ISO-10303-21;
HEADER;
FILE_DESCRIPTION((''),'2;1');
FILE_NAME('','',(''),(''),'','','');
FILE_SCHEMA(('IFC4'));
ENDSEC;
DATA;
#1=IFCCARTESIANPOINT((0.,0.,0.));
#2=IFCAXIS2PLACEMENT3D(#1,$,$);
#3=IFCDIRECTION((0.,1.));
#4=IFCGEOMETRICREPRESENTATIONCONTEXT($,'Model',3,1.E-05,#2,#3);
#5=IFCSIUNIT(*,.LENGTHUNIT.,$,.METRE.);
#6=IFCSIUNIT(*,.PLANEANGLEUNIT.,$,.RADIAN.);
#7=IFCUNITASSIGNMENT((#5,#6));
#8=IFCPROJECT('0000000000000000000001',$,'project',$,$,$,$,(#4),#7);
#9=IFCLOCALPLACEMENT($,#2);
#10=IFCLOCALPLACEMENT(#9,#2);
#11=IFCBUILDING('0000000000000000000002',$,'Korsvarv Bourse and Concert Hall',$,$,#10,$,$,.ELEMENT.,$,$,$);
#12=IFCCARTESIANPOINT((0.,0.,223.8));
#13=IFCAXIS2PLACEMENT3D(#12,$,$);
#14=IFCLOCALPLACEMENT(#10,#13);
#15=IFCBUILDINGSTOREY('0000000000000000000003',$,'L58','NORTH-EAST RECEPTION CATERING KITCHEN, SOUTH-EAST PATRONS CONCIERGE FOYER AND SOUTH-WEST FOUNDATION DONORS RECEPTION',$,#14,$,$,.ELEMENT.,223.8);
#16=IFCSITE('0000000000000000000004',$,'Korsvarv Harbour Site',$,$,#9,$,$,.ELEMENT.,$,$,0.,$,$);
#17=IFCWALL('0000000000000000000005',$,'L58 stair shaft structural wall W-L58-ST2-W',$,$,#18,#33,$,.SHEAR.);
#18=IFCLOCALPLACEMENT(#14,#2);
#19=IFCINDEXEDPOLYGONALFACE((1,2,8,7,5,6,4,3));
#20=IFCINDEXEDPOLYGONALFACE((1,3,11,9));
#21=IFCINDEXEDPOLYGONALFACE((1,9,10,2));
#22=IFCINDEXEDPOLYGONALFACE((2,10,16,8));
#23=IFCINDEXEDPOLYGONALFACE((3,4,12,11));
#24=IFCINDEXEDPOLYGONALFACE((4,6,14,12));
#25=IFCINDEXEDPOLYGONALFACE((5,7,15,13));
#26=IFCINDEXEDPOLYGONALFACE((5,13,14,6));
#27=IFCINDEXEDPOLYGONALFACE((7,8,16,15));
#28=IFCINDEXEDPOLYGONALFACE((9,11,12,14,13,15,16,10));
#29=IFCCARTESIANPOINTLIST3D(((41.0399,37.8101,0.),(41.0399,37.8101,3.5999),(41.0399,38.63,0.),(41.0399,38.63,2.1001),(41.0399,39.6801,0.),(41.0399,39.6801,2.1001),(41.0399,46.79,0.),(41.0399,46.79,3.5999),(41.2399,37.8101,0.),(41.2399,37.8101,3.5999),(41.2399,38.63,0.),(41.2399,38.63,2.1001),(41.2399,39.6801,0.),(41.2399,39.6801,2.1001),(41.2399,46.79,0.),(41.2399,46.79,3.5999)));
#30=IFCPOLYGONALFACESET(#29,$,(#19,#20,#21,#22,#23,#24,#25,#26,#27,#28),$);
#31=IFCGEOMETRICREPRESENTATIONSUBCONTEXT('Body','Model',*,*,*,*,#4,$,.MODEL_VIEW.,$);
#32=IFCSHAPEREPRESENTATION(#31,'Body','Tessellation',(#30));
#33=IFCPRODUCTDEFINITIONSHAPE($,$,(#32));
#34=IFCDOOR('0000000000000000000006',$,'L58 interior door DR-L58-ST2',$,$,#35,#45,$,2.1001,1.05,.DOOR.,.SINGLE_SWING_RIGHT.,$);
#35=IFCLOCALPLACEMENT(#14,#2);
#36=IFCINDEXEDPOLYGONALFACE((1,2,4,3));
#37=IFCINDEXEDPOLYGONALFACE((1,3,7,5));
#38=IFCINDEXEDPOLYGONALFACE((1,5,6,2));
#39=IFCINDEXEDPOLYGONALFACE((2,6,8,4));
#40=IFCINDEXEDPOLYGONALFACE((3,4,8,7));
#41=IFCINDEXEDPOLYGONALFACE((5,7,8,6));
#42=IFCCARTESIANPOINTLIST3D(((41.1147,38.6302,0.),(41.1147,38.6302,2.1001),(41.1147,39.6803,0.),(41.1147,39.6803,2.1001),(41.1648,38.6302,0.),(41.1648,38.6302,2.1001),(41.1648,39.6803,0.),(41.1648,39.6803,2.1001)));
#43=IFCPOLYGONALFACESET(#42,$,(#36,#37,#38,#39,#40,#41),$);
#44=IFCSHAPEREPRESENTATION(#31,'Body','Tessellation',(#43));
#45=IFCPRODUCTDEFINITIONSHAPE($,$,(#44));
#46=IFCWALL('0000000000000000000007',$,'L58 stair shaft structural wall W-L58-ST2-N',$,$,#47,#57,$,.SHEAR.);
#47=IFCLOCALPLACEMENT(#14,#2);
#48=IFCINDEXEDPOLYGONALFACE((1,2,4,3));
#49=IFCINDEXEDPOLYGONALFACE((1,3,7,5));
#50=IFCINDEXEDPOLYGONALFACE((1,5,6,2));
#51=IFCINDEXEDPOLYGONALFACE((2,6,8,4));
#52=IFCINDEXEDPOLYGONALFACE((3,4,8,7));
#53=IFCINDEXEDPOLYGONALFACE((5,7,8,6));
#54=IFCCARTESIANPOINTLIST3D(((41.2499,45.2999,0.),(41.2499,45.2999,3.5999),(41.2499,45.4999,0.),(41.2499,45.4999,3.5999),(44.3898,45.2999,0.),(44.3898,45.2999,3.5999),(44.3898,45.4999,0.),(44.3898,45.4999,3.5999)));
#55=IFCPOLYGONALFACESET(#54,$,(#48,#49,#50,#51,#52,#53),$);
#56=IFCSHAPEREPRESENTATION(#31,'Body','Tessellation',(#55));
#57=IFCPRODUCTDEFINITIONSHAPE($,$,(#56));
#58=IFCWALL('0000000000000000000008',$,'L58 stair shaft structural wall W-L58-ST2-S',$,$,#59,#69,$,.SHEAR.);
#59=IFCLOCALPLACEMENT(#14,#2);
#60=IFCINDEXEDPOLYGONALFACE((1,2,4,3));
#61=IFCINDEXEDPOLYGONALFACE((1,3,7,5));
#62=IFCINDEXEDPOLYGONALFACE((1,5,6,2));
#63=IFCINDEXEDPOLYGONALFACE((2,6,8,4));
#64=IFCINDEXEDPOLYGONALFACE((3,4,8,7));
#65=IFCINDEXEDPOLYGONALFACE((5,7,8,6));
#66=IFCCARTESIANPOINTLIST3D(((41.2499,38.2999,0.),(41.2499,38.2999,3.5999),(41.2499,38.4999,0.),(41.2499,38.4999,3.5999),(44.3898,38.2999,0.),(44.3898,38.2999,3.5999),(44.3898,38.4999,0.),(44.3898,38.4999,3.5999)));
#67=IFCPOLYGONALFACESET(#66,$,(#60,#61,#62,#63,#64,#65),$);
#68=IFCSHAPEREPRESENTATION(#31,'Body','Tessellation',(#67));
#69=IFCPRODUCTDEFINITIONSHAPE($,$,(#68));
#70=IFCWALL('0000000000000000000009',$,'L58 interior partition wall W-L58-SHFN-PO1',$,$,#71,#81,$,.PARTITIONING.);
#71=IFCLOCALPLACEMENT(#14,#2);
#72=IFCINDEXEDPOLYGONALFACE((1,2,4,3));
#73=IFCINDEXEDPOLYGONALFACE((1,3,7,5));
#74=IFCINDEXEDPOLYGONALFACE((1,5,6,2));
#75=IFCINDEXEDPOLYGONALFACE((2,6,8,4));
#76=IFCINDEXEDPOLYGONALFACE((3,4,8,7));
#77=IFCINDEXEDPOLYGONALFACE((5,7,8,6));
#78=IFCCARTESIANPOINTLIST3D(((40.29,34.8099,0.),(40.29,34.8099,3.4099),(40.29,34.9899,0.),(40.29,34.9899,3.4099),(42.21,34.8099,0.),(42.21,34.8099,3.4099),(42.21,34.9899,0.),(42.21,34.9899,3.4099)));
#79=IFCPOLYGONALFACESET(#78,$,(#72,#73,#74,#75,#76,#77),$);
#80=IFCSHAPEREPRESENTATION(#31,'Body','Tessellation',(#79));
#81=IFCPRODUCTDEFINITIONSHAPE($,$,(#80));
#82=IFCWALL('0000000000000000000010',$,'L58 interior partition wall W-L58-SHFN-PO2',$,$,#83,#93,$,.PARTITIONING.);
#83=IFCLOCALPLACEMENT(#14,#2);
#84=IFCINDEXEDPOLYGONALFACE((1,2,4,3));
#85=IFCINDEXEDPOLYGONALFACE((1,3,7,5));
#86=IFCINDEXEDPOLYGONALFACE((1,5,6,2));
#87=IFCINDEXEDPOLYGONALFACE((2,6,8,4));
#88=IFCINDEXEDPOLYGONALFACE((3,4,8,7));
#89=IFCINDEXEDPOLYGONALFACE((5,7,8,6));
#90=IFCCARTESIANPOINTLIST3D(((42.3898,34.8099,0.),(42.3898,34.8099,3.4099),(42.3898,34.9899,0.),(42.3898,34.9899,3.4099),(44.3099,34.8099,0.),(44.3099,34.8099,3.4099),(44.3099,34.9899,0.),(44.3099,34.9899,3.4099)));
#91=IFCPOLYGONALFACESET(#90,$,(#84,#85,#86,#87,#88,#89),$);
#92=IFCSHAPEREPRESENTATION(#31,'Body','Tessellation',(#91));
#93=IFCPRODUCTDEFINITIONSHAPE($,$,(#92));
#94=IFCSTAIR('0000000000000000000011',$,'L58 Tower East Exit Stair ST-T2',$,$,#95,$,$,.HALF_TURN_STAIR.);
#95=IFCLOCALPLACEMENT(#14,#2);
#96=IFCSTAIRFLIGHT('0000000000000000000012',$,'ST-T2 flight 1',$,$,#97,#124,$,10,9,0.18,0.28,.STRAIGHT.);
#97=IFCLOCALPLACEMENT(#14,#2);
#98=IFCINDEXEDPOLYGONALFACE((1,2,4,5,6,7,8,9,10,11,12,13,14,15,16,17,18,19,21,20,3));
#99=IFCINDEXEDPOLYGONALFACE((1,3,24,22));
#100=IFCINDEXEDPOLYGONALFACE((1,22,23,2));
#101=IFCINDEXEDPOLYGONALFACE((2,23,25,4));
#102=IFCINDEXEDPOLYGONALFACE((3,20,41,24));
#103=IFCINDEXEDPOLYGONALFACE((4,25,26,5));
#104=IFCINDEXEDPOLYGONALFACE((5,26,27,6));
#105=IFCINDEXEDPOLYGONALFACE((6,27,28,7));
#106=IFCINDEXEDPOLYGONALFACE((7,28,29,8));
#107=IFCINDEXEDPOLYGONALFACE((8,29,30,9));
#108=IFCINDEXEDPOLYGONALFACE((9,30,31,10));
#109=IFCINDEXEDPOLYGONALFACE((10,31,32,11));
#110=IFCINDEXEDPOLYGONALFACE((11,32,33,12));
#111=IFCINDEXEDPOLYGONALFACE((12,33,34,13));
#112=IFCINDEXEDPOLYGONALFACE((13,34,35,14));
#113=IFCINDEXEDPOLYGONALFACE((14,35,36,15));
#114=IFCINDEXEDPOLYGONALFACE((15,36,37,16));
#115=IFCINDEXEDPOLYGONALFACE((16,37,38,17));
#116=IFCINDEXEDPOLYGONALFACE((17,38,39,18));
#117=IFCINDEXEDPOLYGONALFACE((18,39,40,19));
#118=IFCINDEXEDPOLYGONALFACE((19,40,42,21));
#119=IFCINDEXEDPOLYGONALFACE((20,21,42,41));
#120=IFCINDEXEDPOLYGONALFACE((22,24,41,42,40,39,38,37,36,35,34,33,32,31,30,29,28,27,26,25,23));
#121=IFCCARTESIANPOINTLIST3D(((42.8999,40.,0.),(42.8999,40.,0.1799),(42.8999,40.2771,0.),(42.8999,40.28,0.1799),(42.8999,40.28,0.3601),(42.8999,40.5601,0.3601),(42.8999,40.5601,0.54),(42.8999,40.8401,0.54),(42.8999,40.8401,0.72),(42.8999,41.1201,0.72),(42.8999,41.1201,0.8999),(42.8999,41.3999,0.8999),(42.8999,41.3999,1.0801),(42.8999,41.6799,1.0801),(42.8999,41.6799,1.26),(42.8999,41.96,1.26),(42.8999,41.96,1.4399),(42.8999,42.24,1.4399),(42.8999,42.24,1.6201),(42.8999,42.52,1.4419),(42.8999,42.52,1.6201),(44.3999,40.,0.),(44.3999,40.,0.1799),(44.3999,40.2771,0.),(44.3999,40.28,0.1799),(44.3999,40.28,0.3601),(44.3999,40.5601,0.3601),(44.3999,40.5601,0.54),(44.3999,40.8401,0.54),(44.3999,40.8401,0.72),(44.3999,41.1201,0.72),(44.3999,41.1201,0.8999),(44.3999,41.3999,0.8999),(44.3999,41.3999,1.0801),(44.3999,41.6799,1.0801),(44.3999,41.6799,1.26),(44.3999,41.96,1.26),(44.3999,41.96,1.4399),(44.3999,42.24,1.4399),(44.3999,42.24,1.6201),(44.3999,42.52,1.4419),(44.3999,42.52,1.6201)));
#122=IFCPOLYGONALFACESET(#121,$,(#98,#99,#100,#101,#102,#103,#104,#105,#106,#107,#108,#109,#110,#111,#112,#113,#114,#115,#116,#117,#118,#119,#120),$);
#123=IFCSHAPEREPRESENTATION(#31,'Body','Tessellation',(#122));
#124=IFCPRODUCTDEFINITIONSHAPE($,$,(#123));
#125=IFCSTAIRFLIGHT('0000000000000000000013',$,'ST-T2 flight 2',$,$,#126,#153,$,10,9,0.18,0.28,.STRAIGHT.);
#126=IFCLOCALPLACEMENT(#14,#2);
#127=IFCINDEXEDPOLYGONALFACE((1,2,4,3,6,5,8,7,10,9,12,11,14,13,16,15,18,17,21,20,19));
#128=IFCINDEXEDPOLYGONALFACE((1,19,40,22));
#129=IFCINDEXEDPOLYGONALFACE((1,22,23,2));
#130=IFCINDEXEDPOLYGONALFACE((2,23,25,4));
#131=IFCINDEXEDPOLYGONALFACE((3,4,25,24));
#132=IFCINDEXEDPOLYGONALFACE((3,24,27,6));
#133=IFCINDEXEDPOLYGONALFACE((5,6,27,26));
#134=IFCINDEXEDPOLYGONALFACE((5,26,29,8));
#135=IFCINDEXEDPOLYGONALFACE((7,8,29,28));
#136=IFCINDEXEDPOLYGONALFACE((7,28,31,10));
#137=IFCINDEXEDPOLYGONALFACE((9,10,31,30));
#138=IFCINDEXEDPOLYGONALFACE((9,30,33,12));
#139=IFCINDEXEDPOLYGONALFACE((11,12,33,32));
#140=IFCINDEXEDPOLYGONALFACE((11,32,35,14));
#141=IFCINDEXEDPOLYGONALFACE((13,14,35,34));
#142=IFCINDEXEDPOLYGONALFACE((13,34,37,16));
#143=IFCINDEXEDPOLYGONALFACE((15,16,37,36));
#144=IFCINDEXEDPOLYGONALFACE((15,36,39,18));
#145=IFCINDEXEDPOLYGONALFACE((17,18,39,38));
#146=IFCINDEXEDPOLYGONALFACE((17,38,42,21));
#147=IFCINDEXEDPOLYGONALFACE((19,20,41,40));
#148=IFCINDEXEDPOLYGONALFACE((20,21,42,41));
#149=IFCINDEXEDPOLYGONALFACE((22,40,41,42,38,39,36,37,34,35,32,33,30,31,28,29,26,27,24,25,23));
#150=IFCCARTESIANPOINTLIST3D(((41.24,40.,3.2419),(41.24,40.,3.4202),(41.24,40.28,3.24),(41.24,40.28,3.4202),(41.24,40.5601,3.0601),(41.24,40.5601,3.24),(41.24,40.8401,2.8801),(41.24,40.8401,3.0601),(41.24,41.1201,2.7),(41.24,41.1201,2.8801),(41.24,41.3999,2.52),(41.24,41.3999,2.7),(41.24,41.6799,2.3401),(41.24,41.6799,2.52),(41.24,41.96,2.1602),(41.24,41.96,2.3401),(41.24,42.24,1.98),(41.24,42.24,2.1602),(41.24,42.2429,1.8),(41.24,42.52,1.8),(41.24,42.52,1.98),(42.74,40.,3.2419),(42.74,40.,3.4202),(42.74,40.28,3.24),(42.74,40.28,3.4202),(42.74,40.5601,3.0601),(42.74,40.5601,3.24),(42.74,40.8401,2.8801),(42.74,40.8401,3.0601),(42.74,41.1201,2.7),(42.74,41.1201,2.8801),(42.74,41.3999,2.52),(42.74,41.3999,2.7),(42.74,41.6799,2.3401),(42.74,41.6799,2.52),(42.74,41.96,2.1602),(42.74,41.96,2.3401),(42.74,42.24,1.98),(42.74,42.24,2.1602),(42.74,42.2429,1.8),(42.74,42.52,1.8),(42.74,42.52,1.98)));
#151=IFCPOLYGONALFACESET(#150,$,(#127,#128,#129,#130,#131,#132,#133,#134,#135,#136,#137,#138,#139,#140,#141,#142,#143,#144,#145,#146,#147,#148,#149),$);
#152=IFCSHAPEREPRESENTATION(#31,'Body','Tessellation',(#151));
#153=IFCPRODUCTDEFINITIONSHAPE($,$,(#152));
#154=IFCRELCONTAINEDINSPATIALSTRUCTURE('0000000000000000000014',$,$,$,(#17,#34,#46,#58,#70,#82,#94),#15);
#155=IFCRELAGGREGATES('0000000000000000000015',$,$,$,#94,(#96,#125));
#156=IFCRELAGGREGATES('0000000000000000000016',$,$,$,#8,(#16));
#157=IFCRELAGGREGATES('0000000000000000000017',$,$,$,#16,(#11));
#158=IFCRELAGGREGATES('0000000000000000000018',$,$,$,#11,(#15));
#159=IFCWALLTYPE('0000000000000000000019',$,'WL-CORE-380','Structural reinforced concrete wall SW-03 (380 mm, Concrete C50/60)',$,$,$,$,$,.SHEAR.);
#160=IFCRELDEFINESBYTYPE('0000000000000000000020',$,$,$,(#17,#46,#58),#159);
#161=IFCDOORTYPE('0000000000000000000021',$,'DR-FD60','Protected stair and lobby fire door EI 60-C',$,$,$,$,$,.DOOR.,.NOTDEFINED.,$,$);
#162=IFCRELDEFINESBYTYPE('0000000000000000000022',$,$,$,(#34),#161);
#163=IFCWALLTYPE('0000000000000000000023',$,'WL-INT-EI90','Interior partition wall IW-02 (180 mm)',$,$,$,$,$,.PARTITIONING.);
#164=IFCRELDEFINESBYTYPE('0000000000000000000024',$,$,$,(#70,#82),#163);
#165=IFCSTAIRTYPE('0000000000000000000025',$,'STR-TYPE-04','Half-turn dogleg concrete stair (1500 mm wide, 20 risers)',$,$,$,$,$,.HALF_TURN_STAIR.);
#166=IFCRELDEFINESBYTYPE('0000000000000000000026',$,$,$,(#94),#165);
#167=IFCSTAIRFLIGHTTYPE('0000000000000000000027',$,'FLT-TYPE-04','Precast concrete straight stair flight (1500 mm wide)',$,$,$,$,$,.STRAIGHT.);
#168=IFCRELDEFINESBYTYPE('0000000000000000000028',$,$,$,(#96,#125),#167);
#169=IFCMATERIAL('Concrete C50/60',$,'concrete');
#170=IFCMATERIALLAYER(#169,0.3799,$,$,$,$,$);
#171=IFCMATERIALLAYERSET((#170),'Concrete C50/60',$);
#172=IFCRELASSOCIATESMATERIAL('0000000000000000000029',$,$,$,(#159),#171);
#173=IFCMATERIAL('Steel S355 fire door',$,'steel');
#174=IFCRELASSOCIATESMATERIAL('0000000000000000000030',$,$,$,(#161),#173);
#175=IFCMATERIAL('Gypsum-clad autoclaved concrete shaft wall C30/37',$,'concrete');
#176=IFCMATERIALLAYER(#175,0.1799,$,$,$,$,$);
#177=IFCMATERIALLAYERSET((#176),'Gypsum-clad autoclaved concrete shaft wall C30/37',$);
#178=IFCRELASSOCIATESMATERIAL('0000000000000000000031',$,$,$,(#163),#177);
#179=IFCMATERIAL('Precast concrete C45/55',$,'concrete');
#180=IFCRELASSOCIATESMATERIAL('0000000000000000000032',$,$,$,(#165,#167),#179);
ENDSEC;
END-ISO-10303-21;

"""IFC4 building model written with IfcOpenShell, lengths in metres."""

from ifc_helpers import new_model, si_unit, direction, frame, frame_2d, origin, place, context, subcontext, project, spatial, polyline, rectangle, outline, extrude, material, layer, layer_set, type_object, element, fill, aggregate, save


model = new_model("IFC4")

# Units and contexts
model_context = context("Model", 3, precision=1e-05, world=origin(), true_north=direction((0.0, 1.0)))
body_context = subcontext(model_context, "Body", "Model", "MODEL_VIEW")
ifc_project = project(units=[si_unit("LENGTHUNIT", "METRE"), si_unit("PLANEANGLEUNIT", "RADIAN")], contexts=[model_context])

# Site, building, storey
site_placement = place(None, origin())
site = spatial("IfcSite", under=ifc_project, at=site_placement, Name="Korsvarv Harbour Site", CompositionType="ELEMENT", RefElevation=0.0)
building_placement = place(site_placement, origin())
building = spatial("IfcBuilding", under=site, at=building_placement, Name="Korsvarv Bourse and Concert Hall", CompositionType="ELEMENT")
storey_placement = place(building_placement, frame((0.0, 0.0, 223.8)))
storey = spatial("IfcBuildingStorey", under=building, at=storey_placement, Name="L58", Description="NORTH-EAST RECEPTION CATERING KITCHEN, SOUTH-EAST PATRONS CONCIERGE FOYER AND SOUTH-WEST FOUNDATION DONORS RECEPTION", CompositionType="ELEMENT", Elevation=223.8)

# Wall, opening, door
ifc_material_1 = material(Name="Concrete C50/60", Category="concrete")
ifc_layer_1 = layer(ifc_material_1, 0.3799)
ifc_layer_set_1 = layer_set([ifc_layer_1], Name="Concrete C50/60")
wall_type_1 = type_object("IfcWallType", Name="WL-CORE-380", Description="Structural reinforced concrete wall SW-03 (380 mm, Concrete C50/60)", PredefinedType="SHEAR", material=ifc_layer_set_1)
wall_1_placement = place(storey_placement, frame((41.1399, 37.8101, 0.0), z_axis=(0.0, 0.0, 1.0), x_axis=(0.0, 1.0, 0.0)))
wall_1 = element("IfcWall", 1, at=wall_1_placement, inside=storey, type_object=wall_type_1, Name="L58 stair shaft structural wall W-L58-ST2-W", PredefinedType="SHEAR", context=body_context, shape_type="SweptSolid", body=[
    extrude(rectangle(XDim=8.98, YDim=0.2, at=frame_2d((4.49, 0.0))), origin(), (0.0, 0.0, 1.0), 3.5999),
])
opening_placement = place(wall_1_placement, frame((0.8201, 0.0, 0.0)))
opening = element("IfcOpeningElement", 2, at=opening_placement, cuts=wall_1, PredefinedType="OPENING", context=body_context, shape_type="SweptSolid", body=[
    extrude(rectangle(XDim=1.05, YDim=2.1001, at=frame_2d((0.5249, 1.05))), frame((0.0, 0.1099, 0.0), z_axis=(0.0, -1.0, 0.0), x_axis=(1.0, 0.0, 0.0)), (0.0, 0.0, 1.0), 0.22),
])
ifc_material_2 = material(Name="Steel S355 fire door", Category="steel")
door_type = type_object("IfcDoorType", Name="DR-FD60", Description="Protected stair and lobby fire door EI 60-C", OperationType="NOTDEFINED", PredefinedType="DOOR", material=ifc_material_2)
door_placement = place(opening_placement, frame((1.05, 0.0, 0.0), z_axis=(0.0, 0.0, 1.0), x_axis=(-1.0, 0.0, 0.0)))
door = element("IfcDoor", 3, at=door_placement, inside=storey, type_object=door_type, Name="L58 interior door DR-L58-ST2", OperationType="SINGLE_SWING_RIGHT", OverallHeight=2.1001, OverallWidth=1.05, PredefinedType="DOOR", context=body_context, shape_type="SweptSolid", body=[
    extrude(rectangle(XDim=1.05, YDim=2.1001, at=frame_2d((0.5249, 1.05))), frame((0.0, 0.0249, 0.0), z_axis=(0.0, -1.0, 0.0), x_axis=(1.0, 0.0, 0.0)), (0.0, 0.0, 1.0), 0.05),
])
fill(opening, door)

# Walls
for number, where, z_axis, x_axis, name in (
    (4, (41.25, 45.3999, 0.0), (0.0, 0.0, 1.0), (1.0, 0.0, 0.0), "L58 stair shaft structural wall W-L58-ST2-N"),
    (5, (41.25, 38.3999, 0.0), (0.0, 0.0, 1.0), (1.0, 0.0, 0.0), "L58 stair shaft structural wall W-L58-ST2-S"),
):
    element("IfcWall", number, at=place(storey_placement, frame(where, z_axis=z_axis, x_axis=x_axis)), inside=storey, type_object=wall_type_1, Name=name, PredefinedType="SHEAR", context=body_context, shape_type="SweptSolid", body=[
        extrude(rectangle(XDim=3.1399, YDim=0.2, at=frame_2d((1.5698, 0.0))), origin(), (0.0, 0.0, 1.0), 3.5999),
    ])
ifc_material_3 = material(Name="Gypsum-clad autoclaved concrete shaft wall C30/37", Category="concrete")
ifc_layer_2 = layer(ifc_material_3, 0.1799)
ifc_layer_set_2 = layer_set([ifc_layer_2], Name="Gypsum-clad autoclaved concrete shaft wall C30/37")
wall_type_2 = type_object("IfcWallType", Name="WL-INT-EI90", Description="Interior partition wall IW-02 (180 mm)", PredefinedType="PARTITIONING", material=ifc_layer_set_2)
wall_2_placement = place(storey_placement, frame((40.29, 34.8999, 0.0), z_axis=(0.0, 0.0, 1.0), x_axis=(1.0, 0.0, 0.0)))
element("IfcWall", 6, at=wall_2_placement, inside=storey, type_object=wall_type_2, Name="L58 interior partition wall W-L58-SHFN-PO1", PredefinedType="PARTITIONING", context=body_context, shape_type="SweptSolid", body=[
    extrude(rectangle(XDim=1.9199, YDim=0.1799, at=frame_2d((0.96, 0.0))), origin(), (0.0, 0.0, 1.0), 3.4099),
])
wall_3_placement = place(storey_placement, frame((42.3899, 34.8999, 0.0), z_axis=(0.0, 0.0, 1.0), x_axis=(1.0, 0.0, 0.0)))
element("IfcWall", 7, at=wall_3_placement, inside=storey, type_object=wall_type_2, Name="L58 interior partition wall W-L58-SHFN-PO2", PredefinedType="PARTITIONING", context=body_context, shape_type="SweptSolid", body=[
    extrude(rectangle(XDim=1.9202, YDim=0.1799, at=frame_2d((0.96, 0.0))), origin(), (0.0, 0.0, 1.0), 3.4099),
])

# Stair, stair flights
ifc_material_4 = material(Name="Precast concrete C45/55", Category="concrete")
stair_type = type_object("IfcStairType", Name="STR-TYPE-04", Description="Half-turn dogleg concrete stair (1500 mm wide, 20 risers)", PredefinedType="HALF_TURN_STAIR", material=ifc_material_4)
stair_placement = place(storey_placement, origin())
stair = element("IfcStair", 8, at=stair_placement, inside=storey, type_object=stair_type, Name="L58 Tower East Exit Stair ST-T2", PredefinedType="HALF_TURN_STAIR")
stair_flight_type = type_object("IfcStairFlightType", Name="FLT-TYPE-04", Description="Precast concrete straight stair flight (1500 mm wide)", PredefinedType="STRAIGHT", material=ifc_material_4)
stair_flight_1_placement = place(storey_placement, frame((43.6499, 40.0, 0.0), z_axis=(0.0, 0.0, 1.0), x_axis=(0.0, 1.0, 0.0)))
stair_flight_1 = element("IfcStairFlight", 9, at=stair_flight_1_placement, type_object=stair_flight_type, Name="ST-T2 flight 1", NumberOfRisers=10, NumberOfTreads=9, PredefinedType="STRAIGHT", RiserHeight=0.18, TreadLength=0.28, context=body_context, shape_type="SweptSolid", body=[
    extrude(outline(polyline([(0.0, 0.0), (0.0, 0.1799), (0.28, 0.1799), (0.28, 0.3601), (0.5601, 0.3601), (0.5601, 0.54), (0.8401, 0.54), (0.8401, 0.72), (1.1201, 0.72), (1.1201, 0.8999), (1.3999, 0.8999), (1.3999, 1.0801), (1.6799, 1.0801), (1.6799, 1.26), (1.96, 1.26), (1.96, 1.4399), (2.24, 1.4399), (2.24, 1.6201), (2.52, 1.6201), (2.52, 1.8), (2.52, 1.4419), (0.2771, 0.0), (0.0, 0.0)])), frame((0.0, 0.75, 0.0), z_axis=(0.0, -1.0, 0.0), x_axis=(1.0, 0.0, 0.0)), (0.0, 0.0, 1.0), 1.5),
])
stair_flight_2_placement = place(storey_placement, frame((41.99, 42.52, 1.8), z_axis=(0.0, 0.0, 1.0), x_axis=(0.0, -1.0, 0.0)))
stair_flight_2 = element("IfcStairFlight", 10, at=stair_flight_2_placement, type_object=stair_flight_type, Name="ST-T2 flight 2", NumberOfRisers=10, NumberOfTreads=9, PredefinedType="STRAIGHT", RiserHeight=0.18, TreadLength=0.28, context=body_context, shape_type="SweptSolid", body=[
    extrude(outline(polyline([(0.0, 0.0), (0.0, 0.1799), (0.28, 0.1799), (0.28, 0.3601), (0.5601, 0.3601), (0.5601, 0.54), (0.8401, 0.54), (0.8401, 0.72), (1.1201, 0.72), (1.1201, 0.8999), (1.3999, 0.8999), (1.3999, 1.0801), (1.6799, 1.0801), (1.6799, 1.26), (1.96, 1.26), (1.96, 1.4399), (2.24, 1.4399), (2.24, 1.6201), (2.52, 1.6201), (2.52, 1.8), (2.52, 1.4419), (0.2771, 0.0), (0.0, 0.0)])), frame((0.0, 0.75, 0.0), z_axis=(0.0, -1.0, 0.0), x_axis=(1.0, 0.0, 0.0)), (0.0, 0.0, 1.0), 1.5),
])
aggregate(stair, [stair_flight_1, stair_flight_2])

save(model, "model.ifc")
